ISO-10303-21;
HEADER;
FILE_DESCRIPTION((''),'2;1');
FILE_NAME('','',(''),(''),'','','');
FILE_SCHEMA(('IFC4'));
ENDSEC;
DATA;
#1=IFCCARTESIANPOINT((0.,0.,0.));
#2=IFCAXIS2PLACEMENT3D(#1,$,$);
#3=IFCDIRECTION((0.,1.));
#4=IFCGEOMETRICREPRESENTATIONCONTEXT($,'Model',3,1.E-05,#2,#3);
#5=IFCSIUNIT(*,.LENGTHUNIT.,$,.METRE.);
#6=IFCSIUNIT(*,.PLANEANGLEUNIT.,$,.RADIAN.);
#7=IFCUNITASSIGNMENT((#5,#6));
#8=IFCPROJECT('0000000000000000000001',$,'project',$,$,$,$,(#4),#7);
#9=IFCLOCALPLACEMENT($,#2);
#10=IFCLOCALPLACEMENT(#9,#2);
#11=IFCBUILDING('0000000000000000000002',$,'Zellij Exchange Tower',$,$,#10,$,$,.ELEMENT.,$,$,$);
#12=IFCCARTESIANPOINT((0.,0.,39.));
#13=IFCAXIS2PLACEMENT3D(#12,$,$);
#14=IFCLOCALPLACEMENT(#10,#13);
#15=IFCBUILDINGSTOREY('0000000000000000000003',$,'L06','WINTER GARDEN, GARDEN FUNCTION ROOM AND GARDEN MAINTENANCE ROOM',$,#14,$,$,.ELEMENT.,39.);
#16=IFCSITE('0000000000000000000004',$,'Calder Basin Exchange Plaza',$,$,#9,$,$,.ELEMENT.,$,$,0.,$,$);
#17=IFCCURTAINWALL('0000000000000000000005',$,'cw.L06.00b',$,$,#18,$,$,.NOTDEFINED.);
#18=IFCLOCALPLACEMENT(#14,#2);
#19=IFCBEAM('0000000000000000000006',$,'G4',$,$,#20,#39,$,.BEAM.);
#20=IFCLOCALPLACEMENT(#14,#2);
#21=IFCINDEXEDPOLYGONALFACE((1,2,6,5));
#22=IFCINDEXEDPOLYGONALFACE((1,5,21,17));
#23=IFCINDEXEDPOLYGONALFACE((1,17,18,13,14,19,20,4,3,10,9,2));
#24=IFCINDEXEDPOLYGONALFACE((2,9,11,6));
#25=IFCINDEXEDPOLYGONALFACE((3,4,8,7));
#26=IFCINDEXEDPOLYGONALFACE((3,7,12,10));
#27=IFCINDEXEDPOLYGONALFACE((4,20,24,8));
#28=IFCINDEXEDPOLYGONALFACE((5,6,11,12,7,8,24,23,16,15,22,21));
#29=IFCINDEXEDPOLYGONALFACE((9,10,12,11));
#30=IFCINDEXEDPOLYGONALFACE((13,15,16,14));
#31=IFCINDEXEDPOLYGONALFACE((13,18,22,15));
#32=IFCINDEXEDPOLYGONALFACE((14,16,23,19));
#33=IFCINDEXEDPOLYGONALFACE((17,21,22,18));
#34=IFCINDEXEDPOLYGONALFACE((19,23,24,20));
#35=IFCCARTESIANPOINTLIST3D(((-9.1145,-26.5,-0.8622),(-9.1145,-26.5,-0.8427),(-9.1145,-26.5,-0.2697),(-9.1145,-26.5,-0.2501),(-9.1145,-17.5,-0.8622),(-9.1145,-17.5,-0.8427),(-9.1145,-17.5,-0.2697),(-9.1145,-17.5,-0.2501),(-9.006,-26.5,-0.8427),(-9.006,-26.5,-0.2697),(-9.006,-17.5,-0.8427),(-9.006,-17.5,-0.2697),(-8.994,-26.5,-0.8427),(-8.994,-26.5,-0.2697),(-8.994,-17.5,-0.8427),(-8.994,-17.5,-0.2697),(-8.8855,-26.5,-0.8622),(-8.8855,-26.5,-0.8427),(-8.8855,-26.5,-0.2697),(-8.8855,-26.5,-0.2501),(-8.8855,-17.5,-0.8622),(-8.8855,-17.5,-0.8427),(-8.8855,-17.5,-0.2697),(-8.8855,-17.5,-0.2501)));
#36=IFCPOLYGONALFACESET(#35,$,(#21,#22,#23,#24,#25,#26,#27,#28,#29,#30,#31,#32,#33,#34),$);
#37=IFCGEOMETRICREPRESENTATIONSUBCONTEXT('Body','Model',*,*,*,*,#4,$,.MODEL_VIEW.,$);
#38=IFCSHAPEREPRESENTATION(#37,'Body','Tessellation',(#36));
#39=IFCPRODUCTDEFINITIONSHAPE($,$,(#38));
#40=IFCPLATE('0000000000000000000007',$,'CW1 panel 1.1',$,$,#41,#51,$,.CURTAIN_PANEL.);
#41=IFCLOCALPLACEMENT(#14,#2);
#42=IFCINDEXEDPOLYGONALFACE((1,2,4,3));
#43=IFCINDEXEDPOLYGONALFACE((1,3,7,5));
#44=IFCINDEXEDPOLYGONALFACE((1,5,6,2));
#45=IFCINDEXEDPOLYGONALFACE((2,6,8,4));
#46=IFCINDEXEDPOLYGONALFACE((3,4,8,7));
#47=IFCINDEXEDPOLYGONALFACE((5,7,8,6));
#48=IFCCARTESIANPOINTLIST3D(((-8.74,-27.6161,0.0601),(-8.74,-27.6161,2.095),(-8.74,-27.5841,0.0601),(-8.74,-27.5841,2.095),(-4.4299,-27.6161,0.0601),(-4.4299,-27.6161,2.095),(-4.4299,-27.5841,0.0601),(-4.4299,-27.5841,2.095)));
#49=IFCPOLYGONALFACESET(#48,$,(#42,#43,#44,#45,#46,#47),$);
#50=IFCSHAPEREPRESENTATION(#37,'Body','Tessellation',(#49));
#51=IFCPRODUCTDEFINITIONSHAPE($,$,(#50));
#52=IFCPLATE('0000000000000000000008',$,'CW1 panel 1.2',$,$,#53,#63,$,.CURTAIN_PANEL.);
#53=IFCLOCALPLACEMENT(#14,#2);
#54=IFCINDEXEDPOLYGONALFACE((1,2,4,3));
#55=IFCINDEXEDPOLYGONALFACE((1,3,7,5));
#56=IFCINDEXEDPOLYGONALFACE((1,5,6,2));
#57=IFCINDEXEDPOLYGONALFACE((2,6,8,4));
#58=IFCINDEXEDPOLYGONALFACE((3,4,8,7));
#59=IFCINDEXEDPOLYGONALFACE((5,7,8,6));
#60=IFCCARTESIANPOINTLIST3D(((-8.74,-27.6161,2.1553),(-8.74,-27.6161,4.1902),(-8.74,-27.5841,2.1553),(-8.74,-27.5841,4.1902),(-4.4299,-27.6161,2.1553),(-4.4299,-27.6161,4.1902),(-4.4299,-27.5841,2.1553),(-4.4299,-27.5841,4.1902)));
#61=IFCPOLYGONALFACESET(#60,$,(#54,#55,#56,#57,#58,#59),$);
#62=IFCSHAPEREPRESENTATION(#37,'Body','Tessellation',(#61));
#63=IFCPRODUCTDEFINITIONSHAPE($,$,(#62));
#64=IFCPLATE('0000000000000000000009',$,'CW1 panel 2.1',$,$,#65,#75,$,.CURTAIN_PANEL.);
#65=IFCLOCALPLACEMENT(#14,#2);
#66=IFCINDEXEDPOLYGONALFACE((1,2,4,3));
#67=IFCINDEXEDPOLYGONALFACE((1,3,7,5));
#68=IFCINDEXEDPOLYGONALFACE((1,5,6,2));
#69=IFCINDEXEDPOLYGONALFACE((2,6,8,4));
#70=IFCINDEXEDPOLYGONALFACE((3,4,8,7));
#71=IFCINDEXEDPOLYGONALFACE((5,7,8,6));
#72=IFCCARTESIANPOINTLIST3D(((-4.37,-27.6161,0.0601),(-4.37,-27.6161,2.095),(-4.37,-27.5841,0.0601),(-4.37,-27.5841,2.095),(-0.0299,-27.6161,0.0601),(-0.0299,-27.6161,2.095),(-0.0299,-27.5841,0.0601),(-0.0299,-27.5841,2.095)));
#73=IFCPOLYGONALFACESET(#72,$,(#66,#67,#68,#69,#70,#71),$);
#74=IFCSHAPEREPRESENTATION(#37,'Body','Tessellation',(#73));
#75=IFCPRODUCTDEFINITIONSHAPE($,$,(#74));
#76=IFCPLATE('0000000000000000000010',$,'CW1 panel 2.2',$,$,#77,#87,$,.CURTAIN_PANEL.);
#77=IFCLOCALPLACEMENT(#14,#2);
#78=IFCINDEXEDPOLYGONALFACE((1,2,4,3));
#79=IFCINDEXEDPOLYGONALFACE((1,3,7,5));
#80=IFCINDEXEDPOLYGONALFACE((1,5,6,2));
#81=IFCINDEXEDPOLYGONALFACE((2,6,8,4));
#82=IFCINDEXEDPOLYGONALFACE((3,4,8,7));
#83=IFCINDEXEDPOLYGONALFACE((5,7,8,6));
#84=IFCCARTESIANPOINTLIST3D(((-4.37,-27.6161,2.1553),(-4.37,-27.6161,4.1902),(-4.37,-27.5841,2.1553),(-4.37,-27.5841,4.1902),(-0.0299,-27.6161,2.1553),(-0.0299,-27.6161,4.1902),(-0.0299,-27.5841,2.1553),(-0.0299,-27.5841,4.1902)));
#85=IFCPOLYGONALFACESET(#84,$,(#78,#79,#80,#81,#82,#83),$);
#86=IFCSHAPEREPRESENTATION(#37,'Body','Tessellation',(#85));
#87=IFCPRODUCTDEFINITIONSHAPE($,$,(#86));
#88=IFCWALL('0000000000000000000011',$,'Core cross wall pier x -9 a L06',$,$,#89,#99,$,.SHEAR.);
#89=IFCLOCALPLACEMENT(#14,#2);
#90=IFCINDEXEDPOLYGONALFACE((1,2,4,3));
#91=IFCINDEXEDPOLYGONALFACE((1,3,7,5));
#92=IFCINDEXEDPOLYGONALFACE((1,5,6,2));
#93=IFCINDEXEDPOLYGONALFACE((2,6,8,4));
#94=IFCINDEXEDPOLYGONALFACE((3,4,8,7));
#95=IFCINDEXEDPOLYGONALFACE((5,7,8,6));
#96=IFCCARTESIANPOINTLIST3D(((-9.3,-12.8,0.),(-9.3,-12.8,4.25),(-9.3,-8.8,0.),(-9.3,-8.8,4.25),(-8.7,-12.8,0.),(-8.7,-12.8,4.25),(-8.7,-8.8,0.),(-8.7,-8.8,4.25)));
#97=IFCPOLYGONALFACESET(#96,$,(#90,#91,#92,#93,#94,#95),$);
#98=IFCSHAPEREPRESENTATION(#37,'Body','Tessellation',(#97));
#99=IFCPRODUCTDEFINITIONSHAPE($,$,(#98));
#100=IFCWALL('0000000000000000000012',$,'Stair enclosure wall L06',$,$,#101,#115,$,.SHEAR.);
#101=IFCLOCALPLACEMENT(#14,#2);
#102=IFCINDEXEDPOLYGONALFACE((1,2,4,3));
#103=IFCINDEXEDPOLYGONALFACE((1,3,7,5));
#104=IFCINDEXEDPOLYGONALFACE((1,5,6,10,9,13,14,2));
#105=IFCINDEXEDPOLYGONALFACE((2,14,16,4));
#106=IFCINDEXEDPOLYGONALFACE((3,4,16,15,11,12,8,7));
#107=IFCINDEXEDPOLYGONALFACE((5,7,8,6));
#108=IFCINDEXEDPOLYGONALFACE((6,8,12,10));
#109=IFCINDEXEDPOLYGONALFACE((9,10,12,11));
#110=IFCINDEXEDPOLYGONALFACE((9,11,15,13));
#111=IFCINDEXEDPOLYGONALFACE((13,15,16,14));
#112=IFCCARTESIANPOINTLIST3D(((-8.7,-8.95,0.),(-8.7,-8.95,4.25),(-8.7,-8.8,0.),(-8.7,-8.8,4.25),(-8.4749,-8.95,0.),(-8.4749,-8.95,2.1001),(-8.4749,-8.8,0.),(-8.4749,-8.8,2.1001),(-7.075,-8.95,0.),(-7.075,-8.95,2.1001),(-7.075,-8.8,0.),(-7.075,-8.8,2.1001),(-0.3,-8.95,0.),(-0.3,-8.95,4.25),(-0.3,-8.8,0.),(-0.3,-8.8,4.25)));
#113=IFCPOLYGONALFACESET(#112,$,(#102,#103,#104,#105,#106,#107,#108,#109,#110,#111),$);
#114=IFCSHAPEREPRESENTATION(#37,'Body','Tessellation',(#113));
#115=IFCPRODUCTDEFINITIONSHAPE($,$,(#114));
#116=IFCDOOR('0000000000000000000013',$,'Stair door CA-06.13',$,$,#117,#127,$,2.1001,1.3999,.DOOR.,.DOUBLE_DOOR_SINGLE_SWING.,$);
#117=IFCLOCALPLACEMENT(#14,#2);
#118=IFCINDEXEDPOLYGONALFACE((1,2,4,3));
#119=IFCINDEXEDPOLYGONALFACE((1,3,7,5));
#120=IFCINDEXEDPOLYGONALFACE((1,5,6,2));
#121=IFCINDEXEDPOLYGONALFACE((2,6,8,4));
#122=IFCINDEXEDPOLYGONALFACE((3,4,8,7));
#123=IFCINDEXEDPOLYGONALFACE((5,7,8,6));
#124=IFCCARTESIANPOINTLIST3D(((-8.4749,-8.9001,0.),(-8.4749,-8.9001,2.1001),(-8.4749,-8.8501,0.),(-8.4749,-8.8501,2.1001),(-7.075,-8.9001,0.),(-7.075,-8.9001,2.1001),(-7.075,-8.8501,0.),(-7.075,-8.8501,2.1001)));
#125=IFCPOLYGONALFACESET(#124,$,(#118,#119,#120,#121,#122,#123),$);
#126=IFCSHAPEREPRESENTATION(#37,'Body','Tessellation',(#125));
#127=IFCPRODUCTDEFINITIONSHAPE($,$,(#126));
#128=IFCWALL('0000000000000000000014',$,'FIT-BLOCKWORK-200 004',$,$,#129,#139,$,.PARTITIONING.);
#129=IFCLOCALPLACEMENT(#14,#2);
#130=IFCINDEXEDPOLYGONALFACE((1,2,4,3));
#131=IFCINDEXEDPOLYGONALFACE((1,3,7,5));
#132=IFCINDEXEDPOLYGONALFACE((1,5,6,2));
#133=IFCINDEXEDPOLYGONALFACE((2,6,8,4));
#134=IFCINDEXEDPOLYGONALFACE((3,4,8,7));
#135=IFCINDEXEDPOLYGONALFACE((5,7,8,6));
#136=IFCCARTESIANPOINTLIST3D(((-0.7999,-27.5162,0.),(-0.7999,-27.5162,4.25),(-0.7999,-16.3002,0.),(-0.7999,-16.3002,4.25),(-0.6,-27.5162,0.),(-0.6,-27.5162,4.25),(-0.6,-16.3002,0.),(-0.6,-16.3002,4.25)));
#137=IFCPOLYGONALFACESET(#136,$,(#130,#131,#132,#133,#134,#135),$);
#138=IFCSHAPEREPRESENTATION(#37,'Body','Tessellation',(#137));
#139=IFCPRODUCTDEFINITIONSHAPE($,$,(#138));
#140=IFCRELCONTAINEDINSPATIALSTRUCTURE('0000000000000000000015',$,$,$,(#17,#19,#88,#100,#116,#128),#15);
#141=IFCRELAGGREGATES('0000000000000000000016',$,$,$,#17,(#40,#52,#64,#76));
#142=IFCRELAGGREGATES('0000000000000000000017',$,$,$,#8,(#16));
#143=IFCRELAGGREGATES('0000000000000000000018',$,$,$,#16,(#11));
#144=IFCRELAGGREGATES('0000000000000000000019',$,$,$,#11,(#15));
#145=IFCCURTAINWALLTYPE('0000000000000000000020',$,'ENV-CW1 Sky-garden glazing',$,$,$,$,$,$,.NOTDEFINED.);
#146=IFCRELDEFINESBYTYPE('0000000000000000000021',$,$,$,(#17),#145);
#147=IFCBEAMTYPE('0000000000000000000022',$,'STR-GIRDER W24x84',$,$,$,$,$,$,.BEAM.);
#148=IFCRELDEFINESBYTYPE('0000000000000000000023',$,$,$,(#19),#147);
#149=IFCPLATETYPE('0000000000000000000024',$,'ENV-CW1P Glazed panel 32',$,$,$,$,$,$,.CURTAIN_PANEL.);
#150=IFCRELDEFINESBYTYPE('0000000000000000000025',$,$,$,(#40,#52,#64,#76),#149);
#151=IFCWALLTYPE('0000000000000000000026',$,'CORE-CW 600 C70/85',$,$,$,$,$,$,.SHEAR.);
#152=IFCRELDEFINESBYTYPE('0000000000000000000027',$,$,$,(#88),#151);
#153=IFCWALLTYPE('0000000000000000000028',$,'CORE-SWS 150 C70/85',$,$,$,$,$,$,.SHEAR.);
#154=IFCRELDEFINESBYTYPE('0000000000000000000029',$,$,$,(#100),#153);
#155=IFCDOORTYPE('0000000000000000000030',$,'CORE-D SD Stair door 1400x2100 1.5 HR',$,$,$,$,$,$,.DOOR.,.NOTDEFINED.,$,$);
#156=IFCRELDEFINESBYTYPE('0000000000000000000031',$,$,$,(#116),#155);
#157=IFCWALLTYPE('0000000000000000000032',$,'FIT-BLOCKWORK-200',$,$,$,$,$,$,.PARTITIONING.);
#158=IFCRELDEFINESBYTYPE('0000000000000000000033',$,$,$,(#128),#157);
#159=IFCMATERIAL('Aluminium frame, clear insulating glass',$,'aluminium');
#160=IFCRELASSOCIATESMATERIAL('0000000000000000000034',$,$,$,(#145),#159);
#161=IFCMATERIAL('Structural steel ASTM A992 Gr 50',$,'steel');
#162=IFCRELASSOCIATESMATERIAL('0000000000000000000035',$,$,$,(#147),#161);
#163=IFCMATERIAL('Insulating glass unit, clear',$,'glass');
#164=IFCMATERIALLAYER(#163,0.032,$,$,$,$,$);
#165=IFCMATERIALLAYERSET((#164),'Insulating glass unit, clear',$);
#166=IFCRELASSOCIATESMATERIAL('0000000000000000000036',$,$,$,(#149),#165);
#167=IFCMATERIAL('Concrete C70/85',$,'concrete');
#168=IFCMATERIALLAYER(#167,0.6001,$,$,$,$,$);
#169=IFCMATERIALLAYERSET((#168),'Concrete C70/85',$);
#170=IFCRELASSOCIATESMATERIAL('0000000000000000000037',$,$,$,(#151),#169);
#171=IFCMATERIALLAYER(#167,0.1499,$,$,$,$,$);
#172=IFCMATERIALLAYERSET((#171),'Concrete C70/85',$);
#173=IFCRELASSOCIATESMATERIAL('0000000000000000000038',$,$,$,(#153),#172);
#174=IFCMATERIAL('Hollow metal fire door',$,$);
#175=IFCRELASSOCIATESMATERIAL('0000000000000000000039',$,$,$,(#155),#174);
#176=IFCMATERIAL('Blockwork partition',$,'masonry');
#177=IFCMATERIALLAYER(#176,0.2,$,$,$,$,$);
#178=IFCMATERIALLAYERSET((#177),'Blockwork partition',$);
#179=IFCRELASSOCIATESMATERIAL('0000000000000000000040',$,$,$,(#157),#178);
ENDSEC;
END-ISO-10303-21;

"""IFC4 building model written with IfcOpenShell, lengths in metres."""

from ifc_helpers import new_model, si_unit, direction, frame, frame_2d, origin, origin_2d, place, context, subcontext, project, spatial, rectangle, i_section, extrude, material, layer, layer_set, material_profile, profile_set, type_object, element, fill, aggregate, save


model = new_model("IFC4")

# Units and contexts
model_context = context("Model", 3, precision=1e-05, world=origin(), true_north=direction((0.0, 1.0)))
body_context = subcontext(model_context, "Body", "Model", "MODEL_VIEW")
ifc_project = project(units=[si_unit("LENGTHUNIT", "METRE"), si_unit("PLANEANGLEUNIT", "RADIAN")], contexts=[model_context])

# Site, building, storey
site_placement = place(None, origin())
site = spatial("IfcSite", under=ifc_project, at=site_placement, Name="Calder Basin Exchange Plaza", CompositionType="ELEMENT", RefElevation=0.0)
building_placement = place(site_placement, origin())
building = spatial("IfcBuilding", under=site, at=building_placement, Name="Zellij Exchange Tower", CompositionType="ELEMENT")
storey_placement = place(building_placement, frame((0.0, 0.0, 39.0)))
storey = spatial("IfcBuildingStorey", under=building, at=storey_placement, Name="L06", Description="WINTER GARDEN, GARDEN FUNCTION ROOM AND GARDEN MAINTENANCE ROOM", CompositionType="ELEMENT", Elevation=39.0)

# Shared definitions
ifc_material_1 = material(Name="Concrete C70/85", Category="concrete")

# Curtain wall
ifc_material_2 = material(Name="Aluminium frame, clear insulating glass", Category="aluminium")
curtain_wall_type = type_object("IfcCurtainWallType", Name="ENV-CW1 Sky-garden glazing", PredefinedType="NOTDEFINED", material=ifc_material_2)
curtain_wall_placement = place(storey_placement, origin())
curtain_wall = element("IfcCurtainWall", 1, at=curtain_wall_placement, inside=storey, type_object=curtain_wall_type, Name="cw.L06.00b", PredefinedType="NOTDEFINED")

# Beam
ifc_material_3 = material(Name="Structural steel ASTM A992 Gr 50", Category="steel")
ifc_material_profile_1 = material_profile(ifc_material_3, i_section(OverallWidth=0.229, OverallDepth=0.6121, WebThickness=0.012, FlangeThickness=0.0195, at=origin_2d()), Name="W24x84")
ifc_profile_set_1 = profile_set([ifc_material_profile_1], Name="Structural steel ASTM A992 Gr 50")
beam_type_1 = type_object("IfcBeamType", Name="STR-GIRDER W24x84", PredefinedType="BEAM", material=ifc_profile_set_1)
beam_1_placement = place(storey_placement, frame((-9.0, -26.5, -0.5562), z_axis=(0.0, 1.0, 0.0), x_axis=(-1.0, 0.0, 0.0)))
element("IfcBeam", 2, at=beam_1_placement, inside=storey, type_object=beam_type_1, Name="G4", PredefinedType="BEAM", context=body_context, shape_type="SweptSolid", body=[
    extrude(i_section(OverallWidth=0.229, OverallDepth=0.6121, WebThickness=0.012, FlangeThickness=0.0195, at=origin_2d()), origin(), (0.0, 0.0, 1.0), 9.0),
])

# Plates
ifc_material_4 = material(Name="Insulating glass unit, clear", Category="glass")
ifc_layer_1 = layer(ifc_material_4, 0.032)
ifc_layer_set_1 = layer_set([ifc_layer_1], Name="Insulating glass unit, clear")
plate_type = type_object("IfcPlateType", Name="ENV-CW1P Glazed panel 32", PredefinedType="CURTAIN_PANEL", material=ifc_layer_set_1)
plate_1_placement = place(storey_placement, frame((-6.585, -27.6001, 0.0601), z_axis=(0.0, 0.0, 1.0), x_axis=(1.0, 0.0, 0.0)))
plate_1 = element("IfcPlate", 3, at=plate_1_placement, type_object=plate_type, Name="CW1 panel 1.1", PredefinedType="CURTAIN_PANEL", context=body_context, shape_type="SweptSolid", body=[
    extrude(rectangle(XDim=4.3101, YDim=0.032, at=origin_2d()), origin(), (0.0, 0.0, 1.0), 2.0349),
])
plate_2_placement = place(storey_placement, frame((-6.585, -27.6001, 2.1553), z_axis=(0.0, 0.0, 1.0), x_axis=(1.0, 0.0, 0.0)))
plate_2 = element("IfcPlate", 4, at=plate_2_placement, type_object=plate_type, Name="CW1 panel 1.2", PredefinedType="CURTAIN_PANEL", context=body_context, shape_type="SweptSolid", body=[
    extrude(rectangle(XDim=4.3101, YDim=0.032, at=origin_2d()), origin(), (0.0, 0.0, 1.0), 2.0349),
])
plate_3_placement = place(storey_placement, frame((-2.2, -27.6001, 0.0601), z_axis=(0.0, 0.0, 1.0), x_axis=(1.0, 0.0, 0.0)))
plate_3 = element("IfcPlate", 5, at=plate_3_placement, type_object=plate_type, Name="CW1 panel 2.1", PredefinedType="CURTAIN_PANEL", context=body_context, shape_type="SweptSolid", body=[
    extrude(rectangle(XDim=4.3401, YDim=0.032, at=origin_2d()), origin(), (0.0, 0.0, 1.0), 2.0349),
])
plate_4_placement = place(storey_placement, frame((-2.2, -27.6001, 2.1553), z_axis=(0.0, 0.0, 1.0), x_axis=(1.0, 0.0, 0.0)))
plate_4 = element("IfcPlate", 6, at=plate_4_placement, type_object=plate_type, Name="CW1 panel 2.2", PredefinedType="CURTAIN_PANEL", context=body_context, shape_type="SweptSolid", body=[
    extrude(rectangle(XDim=4.3401, YDim=0.032, at=origin_2d()), origin(), (0.0, 0.0, 1.0), 2.0349),
])
aggregate(curtain_wall, [plate_1, plate_2, plate_3, plate_4])

# Wall
ifc_layer_2 = layer(ifc_material_1, 0.6001)
ifc_layer_set_2 = layer_set([ifc_layer_2], Name="Concrete C70/85")
wall_type_1 = type_object("IfcWallType", Name="CORE-CW 600 C70/85", PredefinedType="SHEAR", material=ifc_layer_set_2)
wall_1_placement = place(storey_placement, frame((-9.0, -12.8, 0.0), z_axis=(0.0, 0.0, 1.0), x_axis=(0.0, 1.0, 0.0)))
element("IfcWall", 7, at=wall_1_placement, inside=storey, type_object=wall_type_1, Name="Core cross wall pier x -9 a L06", PredefinedType="SHEAR", context=body_context, shape_type="SweptSolid", body=[
    extrude(rectangle(XDim=4.0, YDim=0.6001, at=frame_2d((2.0, 0.0))), origin(), (0.0, 0.0, 1.0), 4.25),
])

# Wall, opening, door
ifc_layer_3 = layer(ifc_material_1, 0.1499)
ifc_layer_set_3 = layer_set([ifc_layer_3], Name="Concrete C70/85")
wall_type_2 = type_object("IfcWallType", Name="CORE-SWS 150 C70/85", PredefinedType="SHEAR", material=ifc_layer_set_3)
wall_2_placement = place(storey_placement, frame((-8.7, -8.875, 0.0), z_axis=(0.0, 0.0, 1.0), x_axis=(1.0, 0.0, 0.0)))
wall_2 = element("IfcWall", 8, at=wall_2_placement, inside=storey, type_object=wall_type_2, Name="Stair enclosure wall L06", PredefinedType="SHEAR", context=body_context, shape_type="SweptSolid", body=[
    extrude(rectangle(XDim=8.3999, YDim=0.1499, at=frame_2d((4.2, 0.0))), origin(), (0.0, 0.0, 1.0), 4.25),
])
opening_1_placement = place(wall_2_placement, frame((0.2251, 0.0, 0.0)))
opening_1 = element("IfcOpeningElement", 9, at=opening_1_placement, cuts=wall_2, PredefinedType="OPENING", context=body_context, shape_type="SweptSolid", body=[
    extrude(rectangle(XDim=1.3999, YDim=2.1001, at=frame_2d((0.7, 1.05))), frame((0.0, 0.0869, 0.0), z_axis=(0.0, -1.0, 0.0), x_axis=(1.0, 0.0, 0.0)), (0.0, 0.0, 1.0), 0.1738),
])
ifc_material_5 = material(Name="Hollow metal fire door")
door_type_1 = type_object("IfcDoorType", Name="CORE-D SD Stair door 1400x2100 1.5 HR", OperationType="NOTDEFINED", PredefinedType="DOOR", material=ifc_material_5)
door_1_placement = place(opening_1_placement, origin())
door_1 = element("IfcDoor", 10, at=door_1_placement, inside=storey, type_object=door_type_1, Name="Stair door CA-06.13", OperationType="DOUBLE_DOOR_SINGLE_SWING", OverallHeight=2.1001, OverallWidth=1.3999, PredefinedType="DOOR", context=body_context, shape_type="SweptSolid", body=[
    extrude(rectangle(XDim=1.3999, YDim=2.1001, at=frame_2d((0.7, 1.05))), frame((0.0, 0.0249, 0.0), z_axis=(0.0, -1.0, 0.0), x_axis=(1.0, 0.0, 0.0)), (0.0, 0.0, 1.0), 0.05),
])
fill(opening_1, door_1)

# Wall
ifc_material_6 = material(Name="Blockwork partition", Category="masonry")
ifc_layer_4 = layer(ifc_material_6, 0.2)
ifc_layer_set_4 = layer_set([ifc_layer_4], Name="Blockwork partition")
wall_type_3 = type_object("IfcWallType", Name="FIT-BLOCKWORK-200", PredefinedType="PARTITIONING", material=ifc_layer_set_4)
wall_3_placement = place(storey_placement, frame((-0.7, -27.5161, 0.0), z_axis=(0.0, 0.0, 1.0), x_axis=(0.0, 1.0, 0.0)))
element("IfcWall", 11, at=wall_3_placement, inside=storey, type_object=wall_type_3, Name="FIT-BLOCKWORK-200 004", PredefinedType="PARTITIONING", context=body_context, shape_type="SweptSolid", body=[
    extrude(rectangle(XDim=11.2161, YDim=0.2, at=frame_2d((5.6079, 0.0))), origin(), (0.0, 0.0, 1.0), 4.25),
])

save(model, "model.ifc")
